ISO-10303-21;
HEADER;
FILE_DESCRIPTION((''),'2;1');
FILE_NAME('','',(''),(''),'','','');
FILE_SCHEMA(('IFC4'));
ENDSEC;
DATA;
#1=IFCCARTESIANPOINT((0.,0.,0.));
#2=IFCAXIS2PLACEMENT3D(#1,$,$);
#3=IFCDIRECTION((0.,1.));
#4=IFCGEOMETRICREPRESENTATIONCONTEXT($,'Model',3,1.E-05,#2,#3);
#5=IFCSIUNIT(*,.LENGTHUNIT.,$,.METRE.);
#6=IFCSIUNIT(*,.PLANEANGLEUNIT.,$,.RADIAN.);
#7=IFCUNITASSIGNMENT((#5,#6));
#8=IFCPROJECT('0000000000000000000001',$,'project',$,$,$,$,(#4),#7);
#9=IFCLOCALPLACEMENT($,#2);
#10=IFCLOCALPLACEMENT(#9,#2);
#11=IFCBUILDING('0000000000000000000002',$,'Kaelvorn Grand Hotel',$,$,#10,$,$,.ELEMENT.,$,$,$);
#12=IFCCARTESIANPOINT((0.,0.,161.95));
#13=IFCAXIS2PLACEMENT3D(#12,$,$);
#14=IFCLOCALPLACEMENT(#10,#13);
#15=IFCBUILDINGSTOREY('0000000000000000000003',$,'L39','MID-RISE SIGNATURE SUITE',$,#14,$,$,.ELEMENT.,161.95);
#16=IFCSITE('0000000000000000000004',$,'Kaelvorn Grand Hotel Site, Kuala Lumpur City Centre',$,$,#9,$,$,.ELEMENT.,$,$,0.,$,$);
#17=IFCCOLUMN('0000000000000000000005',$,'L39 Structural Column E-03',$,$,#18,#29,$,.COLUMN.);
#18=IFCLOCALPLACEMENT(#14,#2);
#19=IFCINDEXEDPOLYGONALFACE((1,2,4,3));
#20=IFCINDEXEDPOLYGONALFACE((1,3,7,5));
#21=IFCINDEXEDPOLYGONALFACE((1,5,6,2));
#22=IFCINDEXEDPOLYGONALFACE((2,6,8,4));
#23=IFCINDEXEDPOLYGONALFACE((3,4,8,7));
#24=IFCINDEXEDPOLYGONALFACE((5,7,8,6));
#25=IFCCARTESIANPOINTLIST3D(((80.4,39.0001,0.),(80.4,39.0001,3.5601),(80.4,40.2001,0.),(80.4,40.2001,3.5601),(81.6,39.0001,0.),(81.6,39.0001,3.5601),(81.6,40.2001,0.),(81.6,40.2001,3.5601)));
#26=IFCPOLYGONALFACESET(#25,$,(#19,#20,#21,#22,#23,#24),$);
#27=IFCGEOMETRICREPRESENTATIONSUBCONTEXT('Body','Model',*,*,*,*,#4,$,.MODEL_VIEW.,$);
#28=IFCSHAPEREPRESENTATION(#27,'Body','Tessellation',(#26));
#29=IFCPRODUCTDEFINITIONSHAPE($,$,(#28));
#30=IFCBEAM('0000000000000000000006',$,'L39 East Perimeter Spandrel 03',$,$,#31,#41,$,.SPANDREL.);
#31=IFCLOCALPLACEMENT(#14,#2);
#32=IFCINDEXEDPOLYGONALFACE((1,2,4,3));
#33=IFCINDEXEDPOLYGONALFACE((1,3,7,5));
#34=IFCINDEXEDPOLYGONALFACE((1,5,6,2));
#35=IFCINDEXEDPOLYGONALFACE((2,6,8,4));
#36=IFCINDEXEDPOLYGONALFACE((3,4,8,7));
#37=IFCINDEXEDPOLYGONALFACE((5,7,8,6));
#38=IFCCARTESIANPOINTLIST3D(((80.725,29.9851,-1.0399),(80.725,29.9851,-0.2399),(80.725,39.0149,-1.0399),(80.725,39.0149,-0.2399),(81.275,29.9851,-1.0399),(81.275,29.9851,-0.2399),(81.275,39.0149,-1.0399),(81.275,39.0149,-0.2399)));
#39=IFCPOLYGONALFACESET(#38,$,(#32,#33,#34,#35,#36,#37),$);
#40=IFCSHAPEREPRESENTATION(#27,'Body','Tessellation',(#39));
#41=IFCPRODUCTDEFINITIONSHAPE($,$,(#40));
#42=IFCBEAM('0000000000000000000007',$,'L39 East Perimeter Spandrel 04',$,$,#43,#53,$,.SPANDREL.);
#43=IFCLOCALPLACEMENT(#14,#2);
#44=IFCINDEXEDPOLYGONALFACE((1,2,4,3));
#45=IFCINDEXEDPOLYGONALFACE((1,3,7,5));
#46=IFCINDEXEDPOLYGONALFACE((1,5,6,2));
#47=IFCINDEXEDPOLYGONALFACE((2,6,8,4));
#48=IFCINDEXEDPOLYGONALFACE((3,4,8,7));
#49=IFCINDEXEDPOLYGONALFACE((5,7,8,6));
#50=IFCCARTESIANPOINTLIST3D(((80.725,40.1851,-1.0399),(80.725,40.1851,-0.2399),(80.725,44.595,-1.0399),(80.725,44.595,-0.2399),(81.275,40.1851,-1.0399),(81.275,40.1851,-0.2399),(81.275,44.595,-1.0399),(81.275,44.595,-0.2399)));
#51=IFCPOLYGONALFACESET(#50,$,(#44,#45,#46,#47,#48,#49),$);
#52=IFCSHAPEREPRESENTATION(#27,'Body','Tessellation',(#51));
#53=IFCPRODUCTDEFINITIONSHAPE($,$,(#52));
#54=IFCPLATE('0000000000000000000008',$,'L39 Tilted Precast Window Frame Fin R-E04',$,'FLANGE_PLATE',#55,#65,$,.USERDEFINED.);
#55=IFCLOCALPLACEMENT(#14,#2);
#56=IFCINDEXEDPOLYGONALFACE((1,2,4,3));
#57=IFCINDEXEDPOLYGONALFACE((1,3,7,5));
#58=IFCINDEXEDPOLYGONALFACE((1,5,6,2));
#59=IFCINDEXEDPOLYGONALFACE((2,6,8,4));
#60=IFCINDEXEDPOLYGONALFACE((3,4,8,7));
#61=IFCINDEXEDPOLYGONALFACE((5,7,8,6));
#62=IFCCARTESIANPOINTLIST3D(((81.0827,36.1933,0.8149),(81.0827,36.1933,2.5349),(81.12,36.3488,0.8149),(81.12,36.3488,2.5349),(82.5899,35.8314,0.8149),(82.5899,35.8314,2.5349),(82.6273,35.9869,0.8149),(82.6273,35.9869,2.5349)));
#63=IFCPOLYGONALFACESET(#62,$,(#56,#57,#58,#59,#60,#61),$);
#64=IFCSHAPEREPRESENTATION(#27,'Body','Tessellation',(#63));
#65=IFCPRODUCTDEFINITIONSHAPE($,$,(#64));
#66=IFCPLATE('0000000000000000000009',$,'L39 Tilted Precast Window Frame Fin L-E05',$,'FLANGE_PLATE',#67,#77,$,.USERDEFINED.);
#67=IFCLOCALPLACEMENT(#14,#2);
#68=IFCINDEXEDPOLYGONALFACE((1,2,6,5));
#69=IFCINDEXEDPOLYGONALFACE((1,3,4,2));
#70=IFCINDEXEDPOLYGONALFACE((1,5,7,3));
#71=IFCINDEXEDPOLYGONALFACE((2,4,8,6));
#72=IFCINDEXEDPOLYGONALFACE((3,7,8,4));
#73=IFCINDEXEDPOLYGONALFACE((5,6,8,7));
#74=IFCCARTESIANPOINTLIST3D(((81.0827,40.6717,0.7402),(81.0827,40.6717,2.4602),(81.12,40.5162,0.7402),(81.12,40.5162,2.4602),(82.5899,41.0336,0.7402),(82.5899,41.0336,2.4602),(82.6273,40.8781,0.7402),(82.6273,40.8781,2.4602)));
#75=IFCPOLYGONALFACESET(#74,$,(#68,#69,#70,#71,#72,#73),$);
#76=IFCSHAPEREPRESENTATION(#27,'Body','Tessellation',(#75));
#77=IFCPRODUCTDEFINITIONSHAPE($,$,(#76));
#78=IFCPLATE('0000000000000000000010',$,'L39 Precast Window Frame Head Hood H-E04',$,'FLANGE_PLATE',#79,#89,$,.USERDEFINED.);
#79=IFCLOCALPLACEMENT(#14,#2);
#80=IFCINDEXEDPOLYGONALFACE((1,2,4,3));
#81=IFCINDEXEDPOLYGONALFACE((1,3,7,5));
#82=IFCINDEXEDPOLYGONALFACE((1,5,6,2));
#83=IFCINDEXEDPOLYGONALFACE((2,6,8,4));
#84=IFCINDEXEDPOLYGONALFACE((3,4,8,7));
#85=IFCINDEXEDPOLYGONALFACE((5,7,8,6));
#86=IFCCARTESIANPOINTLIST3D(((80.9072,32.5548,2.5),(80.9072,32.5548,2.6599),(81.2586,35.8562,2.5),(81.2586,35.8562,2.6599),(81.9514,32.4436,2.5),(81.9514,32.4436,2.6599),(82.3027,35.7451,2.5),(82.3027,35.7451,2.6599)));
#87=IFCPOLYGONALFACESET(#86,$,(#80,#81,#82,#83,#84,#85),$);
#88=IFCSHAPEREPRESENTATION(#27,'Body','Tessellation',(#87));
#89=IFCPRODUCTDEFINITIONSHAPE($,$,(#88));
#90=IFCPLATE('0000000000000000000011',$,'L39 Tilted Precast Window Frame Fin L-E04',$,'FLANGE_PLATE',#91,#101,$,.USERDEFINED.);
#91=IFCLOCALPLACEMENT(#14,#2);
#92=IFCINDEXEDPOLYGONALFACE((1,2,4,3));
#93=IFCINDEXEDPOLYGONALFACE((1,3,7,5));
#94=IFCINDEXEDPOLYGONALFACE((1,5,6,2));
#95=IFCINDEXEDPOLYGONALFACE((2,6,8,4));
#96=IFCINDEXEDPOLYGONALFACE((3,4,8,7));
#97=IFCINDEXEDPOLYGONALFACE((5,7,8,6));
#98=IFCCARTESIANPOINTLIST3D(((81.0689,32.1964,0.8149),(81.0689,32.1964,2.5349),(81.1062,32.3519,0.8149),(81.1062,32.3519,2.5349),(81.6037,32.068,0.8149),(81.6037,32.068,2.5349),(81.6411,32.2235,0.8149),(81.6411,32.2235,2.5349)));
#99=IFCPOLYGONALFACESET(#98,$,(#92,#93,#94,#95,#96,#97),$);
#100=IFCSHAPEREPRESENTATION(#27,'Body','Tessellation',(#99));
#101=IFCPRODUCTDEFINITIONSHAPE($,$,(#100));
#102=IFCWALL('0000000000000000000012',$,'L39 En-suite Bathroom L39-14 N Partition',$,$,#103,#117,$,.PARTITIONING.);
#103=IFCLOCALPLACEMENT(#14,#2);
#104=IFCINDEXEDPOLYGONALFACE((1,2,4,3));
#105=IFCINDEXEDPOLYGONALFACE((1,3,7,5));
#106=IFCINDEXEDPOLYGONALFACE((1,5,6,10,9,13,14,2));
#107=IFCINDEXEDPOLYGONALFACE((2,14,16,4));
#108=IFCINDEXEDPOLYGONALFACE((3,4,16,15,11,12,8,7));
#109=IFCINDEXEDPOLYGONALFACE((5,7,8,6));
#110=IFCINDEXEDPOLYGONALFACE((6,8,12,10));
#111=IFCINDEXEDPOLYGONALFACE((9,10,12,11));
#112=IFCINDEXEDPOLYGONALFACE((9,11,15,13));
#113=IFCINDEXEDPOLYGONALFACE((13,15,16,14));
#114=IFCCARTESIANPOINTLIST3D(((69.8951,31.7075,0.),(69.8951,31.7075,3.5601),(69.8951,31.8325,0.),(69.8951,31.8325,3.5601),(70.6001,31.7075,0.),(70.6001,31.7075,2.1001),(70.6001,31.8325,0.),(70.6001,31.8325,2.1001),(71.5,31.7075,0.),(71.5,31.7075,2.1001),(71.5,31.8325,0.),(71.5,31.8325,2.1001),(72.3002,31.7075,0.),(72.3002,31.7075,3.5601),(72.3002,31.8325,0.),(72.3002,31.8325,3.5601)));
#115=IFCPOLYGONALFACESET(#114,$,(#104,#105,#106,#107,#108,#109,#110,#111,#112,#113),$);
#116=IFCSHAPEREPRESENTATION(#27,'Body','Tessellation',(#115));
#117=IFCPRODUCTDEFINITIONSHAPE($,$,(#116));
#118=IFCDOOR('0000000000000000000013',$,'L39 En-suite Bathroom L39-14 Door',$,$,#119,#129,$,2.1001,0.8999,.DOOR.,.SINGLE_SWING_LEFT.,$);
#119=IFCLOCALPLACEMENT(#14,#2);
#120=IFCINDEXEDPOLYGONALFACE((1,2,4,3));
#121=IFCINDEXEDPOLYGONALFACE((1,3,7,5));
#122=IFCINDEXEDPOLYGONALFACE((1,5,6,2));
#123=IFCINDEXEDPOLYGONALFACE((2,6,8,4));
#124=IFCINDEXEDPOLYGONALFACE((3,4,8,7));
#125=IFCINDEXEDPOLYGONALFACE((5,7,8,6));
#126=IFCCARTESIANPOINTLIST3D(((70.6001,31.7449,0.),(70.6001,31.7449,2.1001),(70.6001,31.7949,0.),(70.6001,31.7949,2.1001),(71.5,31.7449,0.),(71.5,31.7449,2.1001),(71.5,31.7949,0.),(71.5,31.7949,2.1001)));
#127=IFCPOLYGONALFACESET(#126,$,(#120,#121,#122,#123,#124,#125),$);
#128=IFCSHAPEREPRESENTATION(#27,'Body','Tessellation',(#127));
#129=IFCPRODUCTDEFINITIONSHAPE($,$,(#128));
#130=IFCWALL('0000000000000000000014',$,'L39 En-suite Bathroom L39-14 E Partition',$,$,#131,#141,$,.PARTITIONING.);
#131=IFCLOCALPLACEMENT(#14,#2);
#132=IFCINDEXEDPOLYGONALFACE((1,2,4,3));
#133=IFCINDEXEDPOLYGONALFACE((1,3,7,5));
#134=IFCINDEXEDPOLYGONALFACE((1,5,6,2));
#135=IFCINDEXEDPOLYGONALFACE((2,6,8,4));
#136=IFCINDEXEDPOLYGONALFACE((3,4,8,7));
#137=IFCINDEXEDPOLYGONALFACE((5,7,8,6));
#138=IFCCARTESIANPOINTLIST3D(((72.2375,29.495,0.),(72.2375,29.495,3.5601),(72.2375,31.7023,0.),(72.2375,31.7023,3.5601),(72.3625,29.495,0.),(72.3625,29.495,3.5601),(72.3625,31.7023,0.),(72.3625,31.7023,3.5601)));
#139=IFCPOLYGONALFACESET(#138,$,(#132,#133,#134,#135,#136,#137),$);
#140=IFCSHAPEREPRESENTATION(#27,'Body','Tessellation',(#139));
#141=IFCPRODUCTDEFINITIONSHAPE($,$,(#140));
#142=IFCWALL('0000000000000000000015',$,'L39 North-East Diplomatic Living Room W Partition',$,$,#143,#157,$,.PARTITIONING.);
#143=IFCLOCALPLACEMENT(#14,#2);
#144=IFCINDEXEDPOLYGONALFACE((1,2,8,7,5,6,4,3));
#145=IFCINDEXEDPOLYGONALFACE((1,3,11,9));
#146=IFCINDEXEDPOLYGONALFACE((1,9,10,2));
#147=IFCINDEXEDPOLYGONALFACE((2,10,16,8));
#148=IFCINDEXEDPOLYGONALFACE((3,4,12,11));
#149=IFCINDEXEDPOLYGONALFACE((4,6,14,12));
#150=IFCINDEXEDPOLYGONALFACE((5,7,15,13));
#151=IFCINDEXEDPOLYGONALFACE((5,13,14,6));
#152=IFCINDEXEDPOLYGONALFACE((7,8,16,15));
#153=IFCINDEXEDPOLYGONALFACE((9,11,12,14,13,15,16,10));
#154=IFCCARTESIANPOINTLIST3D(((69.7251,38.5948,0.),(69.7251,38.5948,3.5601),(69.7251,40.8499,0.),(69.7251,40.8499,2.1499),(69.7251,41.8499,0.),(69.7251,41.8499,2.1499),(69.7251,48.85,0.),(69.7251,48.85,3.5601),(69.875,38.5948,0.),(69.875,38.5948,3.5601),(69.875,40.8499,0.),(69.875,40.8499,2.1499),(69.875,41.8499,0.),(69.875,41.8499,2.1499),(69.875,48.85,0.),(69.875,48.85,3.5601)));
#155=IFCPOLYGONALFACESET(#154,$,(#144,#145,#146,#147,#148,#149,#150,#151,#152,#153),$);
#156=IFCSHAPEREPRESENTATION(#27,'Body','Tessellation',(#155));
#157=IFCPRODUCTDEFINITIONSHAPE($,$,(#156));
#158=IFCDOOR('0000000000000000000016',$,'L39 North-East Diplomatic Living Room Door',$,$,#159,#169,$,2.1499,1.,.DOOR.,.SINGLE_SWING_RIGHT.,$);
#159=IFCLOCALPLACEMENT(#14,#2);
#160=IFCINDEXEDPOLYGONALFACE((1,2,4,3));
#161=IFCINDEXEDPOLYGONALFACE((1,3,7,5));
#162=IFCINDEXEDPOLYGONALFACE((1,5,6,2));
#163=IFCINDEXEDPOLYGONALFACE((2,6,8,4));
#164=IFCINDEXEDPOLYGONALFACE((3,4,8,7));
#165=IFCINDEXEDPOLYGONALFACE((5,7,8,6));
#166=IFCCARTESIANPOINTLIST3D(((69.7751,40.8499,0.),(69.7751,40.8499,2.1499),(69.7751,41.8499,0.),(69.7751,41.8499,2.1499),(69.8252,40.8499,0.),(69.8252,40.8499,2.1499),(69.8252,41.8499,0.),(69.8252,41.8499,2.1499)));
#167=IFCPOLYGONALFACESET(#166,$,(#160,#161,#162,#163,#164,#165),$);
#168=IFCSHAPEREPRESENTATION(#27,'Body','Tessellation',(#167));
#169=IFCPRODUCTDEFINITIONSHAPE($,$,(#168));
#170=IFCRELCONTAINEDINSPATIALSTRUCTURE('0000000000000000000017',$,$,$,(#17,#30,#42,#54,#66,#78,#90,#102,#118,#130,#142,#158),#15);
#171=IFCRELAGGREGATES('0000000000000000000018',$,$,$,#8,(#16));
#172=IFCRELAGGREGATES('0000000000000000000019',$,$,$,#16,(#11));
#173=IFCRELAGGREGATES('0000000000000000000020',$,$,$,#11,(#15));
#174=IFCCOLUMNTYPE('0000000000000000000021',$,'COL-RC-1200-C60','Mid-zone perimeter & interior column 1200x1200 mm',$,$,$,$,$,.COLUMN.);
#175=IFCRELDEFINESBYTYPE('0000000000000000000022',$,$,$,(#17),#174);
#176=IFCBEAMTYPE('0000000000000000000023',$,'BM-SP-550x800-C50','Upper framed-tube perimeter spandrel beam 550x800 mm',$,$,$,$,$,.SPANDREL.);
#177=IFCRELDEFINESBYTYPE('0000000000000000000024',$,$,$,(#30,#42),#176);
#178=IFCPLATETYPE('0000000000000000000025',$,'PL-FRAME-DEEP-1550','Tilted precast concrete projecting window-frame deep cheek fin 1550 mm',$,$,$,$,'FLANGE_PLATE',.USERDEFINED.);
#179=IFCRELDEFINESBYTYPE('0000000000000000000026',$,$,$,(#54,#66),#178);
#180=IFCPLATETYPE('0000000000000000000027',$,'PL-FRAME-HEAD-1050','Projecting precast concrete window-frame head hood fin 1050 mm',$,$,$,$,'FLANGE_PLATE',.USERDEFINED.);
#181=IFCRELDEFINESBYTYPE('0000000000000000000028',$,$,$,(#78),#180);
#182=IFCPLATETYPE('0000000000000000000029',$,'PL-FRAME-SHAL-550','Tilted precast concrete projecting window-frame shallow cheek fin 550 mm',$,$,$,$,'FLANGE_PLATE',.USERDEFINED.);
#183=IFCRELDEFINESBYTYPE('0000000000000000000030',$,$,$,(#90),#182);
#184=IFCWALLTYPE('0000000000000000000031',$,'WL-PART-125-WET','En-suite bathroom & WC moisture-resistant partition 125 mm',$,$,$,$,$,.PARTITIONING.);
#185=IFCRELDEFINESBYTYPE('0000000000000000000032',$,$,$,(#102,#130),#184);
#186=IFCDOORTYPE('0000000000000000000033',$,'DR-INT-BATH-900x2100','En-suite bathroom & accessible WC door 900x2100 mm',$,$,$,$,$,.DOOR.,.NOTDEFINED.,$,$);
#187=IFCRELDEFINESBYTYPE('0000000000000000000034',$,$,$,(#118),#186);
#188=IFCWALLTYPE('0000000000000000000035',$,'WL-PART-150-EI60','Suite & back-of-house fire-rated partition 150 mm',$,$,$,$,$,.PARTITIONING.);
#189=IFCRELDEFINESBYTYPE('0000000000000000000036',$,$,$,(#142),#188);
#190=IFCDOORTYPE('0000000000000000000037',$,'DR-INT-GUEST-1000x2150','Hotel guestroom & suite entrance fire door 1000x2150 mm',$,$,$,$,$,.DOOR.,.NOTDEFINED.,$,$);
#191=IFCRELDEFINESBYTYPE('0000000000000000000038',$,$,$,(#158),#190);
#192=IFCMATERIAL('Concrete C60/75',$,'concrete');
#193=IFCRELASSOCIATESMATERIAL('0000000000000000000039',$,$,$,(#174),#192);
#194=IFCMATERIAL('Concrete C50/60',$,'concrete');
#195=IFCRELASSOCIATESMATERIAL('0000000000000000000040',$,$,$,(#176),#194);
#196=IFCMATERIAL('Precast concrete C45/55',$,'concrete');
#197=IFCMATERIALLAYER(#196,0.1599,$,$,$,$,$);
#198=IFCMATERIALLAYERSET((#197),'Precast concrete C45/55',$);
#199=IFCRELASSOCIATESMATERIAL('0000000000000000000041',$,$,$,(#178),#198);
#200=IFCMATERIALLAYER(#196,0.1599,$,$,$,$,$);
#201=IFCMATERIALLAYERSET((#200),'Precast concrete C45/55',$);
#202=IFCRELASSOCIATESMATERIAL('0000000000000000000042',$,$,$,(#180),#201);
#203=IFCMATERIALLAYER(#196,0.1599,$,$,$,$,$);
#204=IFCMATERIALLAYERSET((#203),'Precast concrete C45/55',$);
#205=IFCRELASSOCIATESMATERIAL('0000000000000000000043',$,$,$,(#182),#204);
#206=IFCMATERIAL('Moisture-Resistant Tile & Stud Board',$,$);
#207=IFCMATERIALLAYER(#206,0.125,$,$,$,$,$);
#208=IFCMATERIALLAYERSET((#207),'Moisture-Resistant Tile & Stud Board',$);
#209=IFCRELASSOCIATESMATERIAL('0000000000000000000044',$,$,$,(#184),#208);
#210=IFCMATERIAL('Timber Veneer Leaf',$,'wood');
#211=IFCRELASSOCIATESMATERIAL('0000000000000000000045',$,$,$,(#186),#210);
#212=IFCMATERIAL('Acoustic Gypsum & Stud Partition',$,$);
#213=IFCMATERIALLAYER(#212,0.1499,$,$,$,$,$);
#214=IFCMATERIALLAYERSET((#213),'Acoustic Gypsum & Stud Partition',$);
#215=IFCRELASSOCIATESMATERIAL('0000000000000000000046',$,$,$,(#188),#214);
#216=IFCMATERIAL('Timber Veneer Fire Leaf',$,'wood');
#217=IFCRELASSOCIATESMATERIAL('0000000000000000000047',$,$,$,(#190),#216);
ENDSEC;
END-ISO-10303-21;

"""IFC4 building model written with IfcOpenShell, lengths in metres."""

from ifc_helpers import new_model, si_unit, direction, frame, frame_2d, origin, origin_2d, place, context, subcontext, project, spatial, rectangle, extrude, material, layer, layer_set, material_profile, profile_set, type_object, element, fill, save


model = new_model("IFC4")

# Units and contexts
model_context = context("Model", 3, precision=1e-05, world=origin(), true_north=direction((0.0, 1.0)))
body_context = subcontext(model_context, "Body", "Model", "MODEL_VIEW")
ifc_project = project(units=[si_unit("LENGTHUNIT", "METRE"), si_unit("PLANEANGLEUNIT", "RADIAN")], contexts=[model_context])

# Site, building, storey
site_placement = place(None, origin())
site = spatial("IfcSite", under=ifc_project, at=site_placement, Name="Kaelvorn Grand Hotel Site, Kuala Lumpur City Centre", CompositionType="ELEMENT", RefElevation=0.0)
building_placement = place(site_placement, origin())
building = spatial("IfcBuilding", under=site, at=building_placement, Name="Kaelvorn Grand Hotel", CompositionType="ELEMENT")
storey_placement = place(building_placement, frame((0.0, 0.0, 161.95)))
storey = spatial("IfcBuildingStorey", under=building, at=storey_placement, Name="L39", Description="MID-RISE SIGNATURE SUITE", CompositionType="ELEMENT", Elevation=161.95)

# Column
ifc_material_1 = material(Name="Concrete C60/75", Category="concrete")
ifc_material_profile_1 = material_profile(ifc_material_1, rectangle(XDim=1.2, YDim=1.2, at=origin_2d()), Name="RC COL 1200x1200")
ifc_profile_set_1 = profile_set([ifc_material_profile_1], Name="Concrete C60/75")
column_type = type_object("IfcColumnType", Name="COL-RC-1200-C60", Description="Mid-zone perimeter & interior column 1200x1200 mm", PredefinedType="COLUMN", material=ifc_profile_set_1)
column_placement = place(storey_placement, frame((81.0, 39.6001, 0.0), z_axis=(0.0, 0.0, 1.0), x_axis=(1.0, 0.0, 0.0)))
element("IfcColumn", 1, at=column_placement, inside=storey, type_object=column_type, Name="L39 Structural Column E-03", PredefinedType="COLUMN", context=body_context, shape_type="SweptSolid", body=[
    extrude(rectangle(XDim=1.2, YDim=1.2, at=origin_2d()), origin(), (0.0, 0.0, 1.0), 3.5601),
])

# Beams
ifc_material_2 = material(Name="Concrete C50/60", Category="concrete")
ifc_material_profile_2 = material_profile(ifc_material_2, rectangle(XDim=0.55, YDim=0.8, at=origin_2d()), Name="RC SPANDREL 550x800")
ifc_profile_set_2 = profile_set([ifc_material_profile_2], Name="Concrete C50/60")
beam_type = type_object("IfcBeamType", Name="BM-SP-550x800-C50", Description="Upper framed-tube perimeter spandrel beam 550x800 mm", PredefinedType="SPANDREL", material=ifc_profile_set_2)
beam_1_placement = place(storey_placement, frame((81.0, 29.9851, -0.6399), z_axis=(0.0, 1.0, 0.0), x_axis=(-1.0, 0.0, 0.0)))
element("IfcBeam", 2, at=beam_1_placement, inside=storey, type_object=beam_type, Name="L39 East Perimeter Spandrel 03", PredefinedType="SPANDREL", context=body_context, shape_type="SweptSolid", body=[
    extrude(rectangle(XDim=0.55, YDim=0.8, at=origin_2d()), origin(), (0.0, 0.0, 1.0), 9.0298),
])
beam_2_placement = place(storey_placement, frame((81.0, 40.1851, -0.6399), z_axis=(0.0, 1.0, 0.0), x_axis=(-1.0, 0.0, 0.0)))
element("IfcBeam", 3, at=beam_2_placement, inside=storey, type_object=beam_type, Name="L39 East Perimeter Spandrel 04", PredefinedType="SPANDREL", context=body_context, shape_type="SweptSolid", body=[
    extrude(rectangle(XDim=0.55, YDim=0.8, at=origin_2d()), origin(), (0.0, 0.0, 1.0), 4.4099),
])

# Plates
ifc_material_3 = material(Name="Precast concrete C45/55", Category="concrete")
ifc_layer_1 = layer(ifc_material_3, 0.1599)
ifc_layer_set_1 = layer_set([ifc_layer_1], Name="Precast concrete C45/55")
plate_type_1 = type_object("IfcPlateType", Name="PL-FRAME-DEEP-1550", Description="Tilted precast concrete projecting window-frame deep cheek fin 1550 mm", ElementType="FLANGE_PLATE", PredefinedType="USERDEFINED", material=ifc_layer_set_1)
for number, where, z_axis, x_axis, name in (
    (4, (81.855, 36.0901, 0.8149), (0.0, 0.0, 1.0), (0.233445, 0.97237, 0.0), "L39 Tilted Precast Window Frame Fin R-E04"),
    (5, (81.855, 40.7749, 0.7402), (0.0, 0.0, 1.0), (-0.233445, 0.97237, 0.0), "L39 Tilted Precast Window Frame Fin L-E05"),
):
    element("IfcPlate", number, at=place(storey_placement, frame(where, z_axis=z_axis, x_axis=x_axis)), inside=storey, type_object=plate_type_1, Name=name, ObjectType="FLANGE_PLATE", PredefinedType="USERDEFINED", context=body_context, shape_type="SweptSolid", body=[
        extrude(rectangle(XDim=0.1599, YDim=1.55, at=origin_2d()), origin(), (0.0, 0.0, 1.0), 1.72),
    ])
ifc_layer_2 = layer(ifc_material_3, 0.1599)
ifc_layer_set_2 = layer_set([ifc_layer_2], Name="Precast concrete C45/55")
plate_type_2 = type_object("IfcPlateType", Name="PL-FRAME-HEAD-1050", Description="Projecting precast concrete window-frame head hood fin 1050 mm", ElementType="FLANGE_PLATE", PredefinedType="USERDEFINED", material=ifc_layer_set_2)
plate_1_placement = place(storey_placement, frame((81.605, 34.1499, 2.5), z_axis=(0.0, 0.0, 1.0), x_axis=(0.10583, 0.994384, 0.0)))
element("IfcPlate", 6, at=plate_1_placement, inside=storey, type_object=plate_type_2, Name="L39 Precast Window Frame Head Hood H-E04", ObjectType="FLANGE_PLATE", PredefinedType="USERDEFINED", context=body_context, shape_type="SweptSolid", body=[
    extrude(rectangle(XDim=3.3201, YDim=1.05, at=origin_2d()), origin(), (0.0, 0.0, 1.0), 0.1599),
])
ifc_layer_3 = layer(ifc_material_3, 0.1599)
ifc_layer_set_3 = layer_set([ifc_layer_3], Name="Precast concrete C45/55")
plate_type_3 = type_object("IfcPlateType", Name="PL-FRAME-SHAL-550", Description="Tilted precast concrete projecting window-frame shallow cheek fin 550 mm", ElementType="FLANGE_PLATE", PredefinedType="USERDEFINED", material=ifc_layer_set_3)
plate_2_placement = place(storey_placement, frame((81.355, 32.21, 0.8149), z_axis=(0.0, 0.0, 1.0), x_axis=(0.233445, 0.97237, 0.0)))
element("IfcPlate", 7, at=plate_2_placement, inside=storey, type_object=plate_type_3, Name="L39 Tilted Precast Window Frame Fin L-E04", ObjectType="FLANGE_PLATE", PredefinedType="USERDEFINED", context=body_context, shape_type="SweptSolid", body=[
    extrude(rectangle(XDim=0.1599, YDim=0.55, at=origin_2d()), origin(), (0.0, 0.0, 1.0), 1.72),
])

# Wall, opening, door
ifc_material_4 = material(Name="Moisture-Resistant Tile & Stud Board")
ifc_layer_4 = layer(ifc_material_4, 0.125)
ifc_layer_set_4 = layer_set([ifc_layer_4], Name="Moisture-Resistant Tile & Stud Board")
wall_type_1 = type_object("IfcWallType", Name="WL-PART-125-WET", Description="En-suite bathroom & WC moisture-resistant partition 125 mm", PredefinedType="PARTITIONING", material=ifc_layer_set_4)
wall_1_placement = place(storey_placement, frame((69.895, 31.77, 0.0), z_axis=(0.0, 0.0, 1.0), x_axis=(1.0, 0.0, 0.0)))
wall_1 = element("IfcWall", 8, at=wall_1_placement, inside=storey, type_object=wall_type_1, Name="L39 En-suite Bathroom L39-14 N Partition", PredefinedType="PARTITIONING", context=body_context, shape_type="SweptSolid", body=[
    extrude(rectangle(XDim=2.405, YDim=0.125, at=frame_2d((1.2026, 0.0))), origin(), (0.0, 0.0, 1.0), 3.5601),
])
opening_1_placement = place(wall_1_placement, frame((0.7051, 0.0, 0.0)))
opening_1 = element("IfcOpeningElement", 9, at=opening_1_placement, cuts=wall_1, PredefinedType="OPENING", context=body_context, shape_type="SweptSolid", body=[
    extrude(rectangle(XDim=0.8999, YDim=2.1001, at=frame_2d((0.45, 1.05))), frame((0.0, 0.0725, 0.0), z_axis=(0.0, -1.0, 0.0), x_axis=(1.0, 0.0, 0.0)), (0.0, 0.0, 1.0), 0.145),
])
ifc_material_5 = material(Name="Timber Veneer Leaf", Category="wood")
door_type_1 = type_object("IfcDoorType", Name="DR-INT-BATH-900x2100", Description="En-suite bathroom & accessible WC door 900x2100 mm", OperationType="NOTDEFINED", PredefinedType="DOOR", material=ifc_material_5)
door_1_placement = place(opening_1_placement, origin())
door_1 = element("IfcDoor", 10, at=door_1_placement, inside=storey, type_object=door_type_1, Name="L39 En-suite Bathroom L39-14 Door", OperationType="SINGLE_SWING_LEFT", OverallHeight=2.1001, OverallWidth=0.8999, PredefinedType="DOOR", context=body_context, shape_type="SweptSolid", body=[
    extrude(rectangle(XDim=0.8999, YDim=2.1001, at=frame_2d((0.45, 1.05))), frame((0.0, 0.0249, 0.0), z_axis=(0.0, -1.0, 0.0), x_axis=(1.0, 0.0, 0.0)), (0.0, 0.0, 1.0), 0.05),
])
fill(opening_1, door_1)

# Wall
wall_2_placement = place(storey_placement, frame((72.3, 29.4951, 0.0), z_axis=(0.0, 0.0, 1.0), x_axis=(0.0, 1.0, 0.0)))
element("IfcWall", 11, at=wall_2_placement, inside=storey, type_object=wall_type_1, Name="L39 En-suite Bathroom L39-14 E Partition", PredefinedType="PARTITIONING", context=body_context, shape_type="SweptSolid", body=[
    extrude(rectangle(XDim=2.2073, YDim=0.125, at=frame_2d((1.1035, 0.0))), origin(), (0.0, 0.0, 1.0), 3.5601),
])

# Wall, opening, door
ifc_material_6 = material(Name="Acoustic Gypsum & Stud Partition")
ifc_layer_5 = layer(ifc_material_6, 0.1499)
ifc_layer_set_5 = layer_set([ifc_layer_5], Name="Acoustic Gypsum & Stud Partition")
wall_type_2 = type_object("IfcWallType", Name="WL-PART-150-EI60", Description="Suite & back-of-house fire-rated partition 150 mm", PredefinedType="PARTITIONING", material=ifc_layer_set_5)
wall_3_placement = place(storey_placement, frame((69.8, 38.595, 0.0), z_axis=(0.0, 0.0, 1.0), x_axis=(0.0, 1.0, 0.0)))
wall_3 = element("IfcWall", 12, at=wall_3_placement, inside=storey, type_object=wall_type_2, Name="L39 North-East Diplomatic Living Room W Partition", PredefinedType="PARTITIONING", context=body_context, shape_type="SweptSolid", body=[
    extrude(rectangle(XDim=10.2551, YDim=0.1499, at=frame_2d((5.1274, 0.0))), origin(), (0.0, 0.0, 1.0), 3.5601),
])
opening_2_placement = place(wall_3_placement, frame((2.2549, 0.0, 0.0)))
opening_2 = element("IfcOpeningElement", 13, at=opening_2_placement, cuts=wall_3, PredefinedType="OPENING", context=body_context, shape_type="SweptSolid", body=[
    extrude(rectangle(XDim=1.0, YDim=2.1499, at=frame_2d((0.5, 1.075))), frame((0.0, 0.085, 0.0), z_axis=(0.0, -1.0, 0.0), x_axis=(1.0, 0.0, 0.0)), (0.0, 0.0, 1.0), 0.1699),
])
ifc_material_7 = material(Name="Timber Veneer Fire Leaf", Category="wood")
door_type_2 = type_object("IfcDoorType", Name="DR-INT-GUEST-1000x2150", Description="Hotel guestroom & suite entrance fire door 1000x2150 mm", OperationType="NOTDEFINED", PredefinedType="DOOR", material=ifc_material_7)
door_2_placement = place(opening_2_placement, origin())
door_2 = element("IfcDoor", 14, at=door_2_placement, inside=storey, type_object=door_type_2, Name="L39 North-East Diplomatic Living Room Door", OperationType="SINGLE_SWING_RIGHT", OverallHeight=2.1499, OverallWidth=1.0, PredefinedType="DOOR", context=body_context, shape_type="SweptSolid", body=[
    extrude(rectangle(XDim=1.0, YDim=2.1499, at=frame_2d((0.5, 1.075))), frame((0.0, 0.0249, 0.0), z_axis=(0.0, -1.0, 0.0), x_axis=(1.0, 0.0, 0.0)), (0.0, 0.0, 1.0), 0.05),
])
fill(opening_2, door_2)

save(model, "model.ifc")
